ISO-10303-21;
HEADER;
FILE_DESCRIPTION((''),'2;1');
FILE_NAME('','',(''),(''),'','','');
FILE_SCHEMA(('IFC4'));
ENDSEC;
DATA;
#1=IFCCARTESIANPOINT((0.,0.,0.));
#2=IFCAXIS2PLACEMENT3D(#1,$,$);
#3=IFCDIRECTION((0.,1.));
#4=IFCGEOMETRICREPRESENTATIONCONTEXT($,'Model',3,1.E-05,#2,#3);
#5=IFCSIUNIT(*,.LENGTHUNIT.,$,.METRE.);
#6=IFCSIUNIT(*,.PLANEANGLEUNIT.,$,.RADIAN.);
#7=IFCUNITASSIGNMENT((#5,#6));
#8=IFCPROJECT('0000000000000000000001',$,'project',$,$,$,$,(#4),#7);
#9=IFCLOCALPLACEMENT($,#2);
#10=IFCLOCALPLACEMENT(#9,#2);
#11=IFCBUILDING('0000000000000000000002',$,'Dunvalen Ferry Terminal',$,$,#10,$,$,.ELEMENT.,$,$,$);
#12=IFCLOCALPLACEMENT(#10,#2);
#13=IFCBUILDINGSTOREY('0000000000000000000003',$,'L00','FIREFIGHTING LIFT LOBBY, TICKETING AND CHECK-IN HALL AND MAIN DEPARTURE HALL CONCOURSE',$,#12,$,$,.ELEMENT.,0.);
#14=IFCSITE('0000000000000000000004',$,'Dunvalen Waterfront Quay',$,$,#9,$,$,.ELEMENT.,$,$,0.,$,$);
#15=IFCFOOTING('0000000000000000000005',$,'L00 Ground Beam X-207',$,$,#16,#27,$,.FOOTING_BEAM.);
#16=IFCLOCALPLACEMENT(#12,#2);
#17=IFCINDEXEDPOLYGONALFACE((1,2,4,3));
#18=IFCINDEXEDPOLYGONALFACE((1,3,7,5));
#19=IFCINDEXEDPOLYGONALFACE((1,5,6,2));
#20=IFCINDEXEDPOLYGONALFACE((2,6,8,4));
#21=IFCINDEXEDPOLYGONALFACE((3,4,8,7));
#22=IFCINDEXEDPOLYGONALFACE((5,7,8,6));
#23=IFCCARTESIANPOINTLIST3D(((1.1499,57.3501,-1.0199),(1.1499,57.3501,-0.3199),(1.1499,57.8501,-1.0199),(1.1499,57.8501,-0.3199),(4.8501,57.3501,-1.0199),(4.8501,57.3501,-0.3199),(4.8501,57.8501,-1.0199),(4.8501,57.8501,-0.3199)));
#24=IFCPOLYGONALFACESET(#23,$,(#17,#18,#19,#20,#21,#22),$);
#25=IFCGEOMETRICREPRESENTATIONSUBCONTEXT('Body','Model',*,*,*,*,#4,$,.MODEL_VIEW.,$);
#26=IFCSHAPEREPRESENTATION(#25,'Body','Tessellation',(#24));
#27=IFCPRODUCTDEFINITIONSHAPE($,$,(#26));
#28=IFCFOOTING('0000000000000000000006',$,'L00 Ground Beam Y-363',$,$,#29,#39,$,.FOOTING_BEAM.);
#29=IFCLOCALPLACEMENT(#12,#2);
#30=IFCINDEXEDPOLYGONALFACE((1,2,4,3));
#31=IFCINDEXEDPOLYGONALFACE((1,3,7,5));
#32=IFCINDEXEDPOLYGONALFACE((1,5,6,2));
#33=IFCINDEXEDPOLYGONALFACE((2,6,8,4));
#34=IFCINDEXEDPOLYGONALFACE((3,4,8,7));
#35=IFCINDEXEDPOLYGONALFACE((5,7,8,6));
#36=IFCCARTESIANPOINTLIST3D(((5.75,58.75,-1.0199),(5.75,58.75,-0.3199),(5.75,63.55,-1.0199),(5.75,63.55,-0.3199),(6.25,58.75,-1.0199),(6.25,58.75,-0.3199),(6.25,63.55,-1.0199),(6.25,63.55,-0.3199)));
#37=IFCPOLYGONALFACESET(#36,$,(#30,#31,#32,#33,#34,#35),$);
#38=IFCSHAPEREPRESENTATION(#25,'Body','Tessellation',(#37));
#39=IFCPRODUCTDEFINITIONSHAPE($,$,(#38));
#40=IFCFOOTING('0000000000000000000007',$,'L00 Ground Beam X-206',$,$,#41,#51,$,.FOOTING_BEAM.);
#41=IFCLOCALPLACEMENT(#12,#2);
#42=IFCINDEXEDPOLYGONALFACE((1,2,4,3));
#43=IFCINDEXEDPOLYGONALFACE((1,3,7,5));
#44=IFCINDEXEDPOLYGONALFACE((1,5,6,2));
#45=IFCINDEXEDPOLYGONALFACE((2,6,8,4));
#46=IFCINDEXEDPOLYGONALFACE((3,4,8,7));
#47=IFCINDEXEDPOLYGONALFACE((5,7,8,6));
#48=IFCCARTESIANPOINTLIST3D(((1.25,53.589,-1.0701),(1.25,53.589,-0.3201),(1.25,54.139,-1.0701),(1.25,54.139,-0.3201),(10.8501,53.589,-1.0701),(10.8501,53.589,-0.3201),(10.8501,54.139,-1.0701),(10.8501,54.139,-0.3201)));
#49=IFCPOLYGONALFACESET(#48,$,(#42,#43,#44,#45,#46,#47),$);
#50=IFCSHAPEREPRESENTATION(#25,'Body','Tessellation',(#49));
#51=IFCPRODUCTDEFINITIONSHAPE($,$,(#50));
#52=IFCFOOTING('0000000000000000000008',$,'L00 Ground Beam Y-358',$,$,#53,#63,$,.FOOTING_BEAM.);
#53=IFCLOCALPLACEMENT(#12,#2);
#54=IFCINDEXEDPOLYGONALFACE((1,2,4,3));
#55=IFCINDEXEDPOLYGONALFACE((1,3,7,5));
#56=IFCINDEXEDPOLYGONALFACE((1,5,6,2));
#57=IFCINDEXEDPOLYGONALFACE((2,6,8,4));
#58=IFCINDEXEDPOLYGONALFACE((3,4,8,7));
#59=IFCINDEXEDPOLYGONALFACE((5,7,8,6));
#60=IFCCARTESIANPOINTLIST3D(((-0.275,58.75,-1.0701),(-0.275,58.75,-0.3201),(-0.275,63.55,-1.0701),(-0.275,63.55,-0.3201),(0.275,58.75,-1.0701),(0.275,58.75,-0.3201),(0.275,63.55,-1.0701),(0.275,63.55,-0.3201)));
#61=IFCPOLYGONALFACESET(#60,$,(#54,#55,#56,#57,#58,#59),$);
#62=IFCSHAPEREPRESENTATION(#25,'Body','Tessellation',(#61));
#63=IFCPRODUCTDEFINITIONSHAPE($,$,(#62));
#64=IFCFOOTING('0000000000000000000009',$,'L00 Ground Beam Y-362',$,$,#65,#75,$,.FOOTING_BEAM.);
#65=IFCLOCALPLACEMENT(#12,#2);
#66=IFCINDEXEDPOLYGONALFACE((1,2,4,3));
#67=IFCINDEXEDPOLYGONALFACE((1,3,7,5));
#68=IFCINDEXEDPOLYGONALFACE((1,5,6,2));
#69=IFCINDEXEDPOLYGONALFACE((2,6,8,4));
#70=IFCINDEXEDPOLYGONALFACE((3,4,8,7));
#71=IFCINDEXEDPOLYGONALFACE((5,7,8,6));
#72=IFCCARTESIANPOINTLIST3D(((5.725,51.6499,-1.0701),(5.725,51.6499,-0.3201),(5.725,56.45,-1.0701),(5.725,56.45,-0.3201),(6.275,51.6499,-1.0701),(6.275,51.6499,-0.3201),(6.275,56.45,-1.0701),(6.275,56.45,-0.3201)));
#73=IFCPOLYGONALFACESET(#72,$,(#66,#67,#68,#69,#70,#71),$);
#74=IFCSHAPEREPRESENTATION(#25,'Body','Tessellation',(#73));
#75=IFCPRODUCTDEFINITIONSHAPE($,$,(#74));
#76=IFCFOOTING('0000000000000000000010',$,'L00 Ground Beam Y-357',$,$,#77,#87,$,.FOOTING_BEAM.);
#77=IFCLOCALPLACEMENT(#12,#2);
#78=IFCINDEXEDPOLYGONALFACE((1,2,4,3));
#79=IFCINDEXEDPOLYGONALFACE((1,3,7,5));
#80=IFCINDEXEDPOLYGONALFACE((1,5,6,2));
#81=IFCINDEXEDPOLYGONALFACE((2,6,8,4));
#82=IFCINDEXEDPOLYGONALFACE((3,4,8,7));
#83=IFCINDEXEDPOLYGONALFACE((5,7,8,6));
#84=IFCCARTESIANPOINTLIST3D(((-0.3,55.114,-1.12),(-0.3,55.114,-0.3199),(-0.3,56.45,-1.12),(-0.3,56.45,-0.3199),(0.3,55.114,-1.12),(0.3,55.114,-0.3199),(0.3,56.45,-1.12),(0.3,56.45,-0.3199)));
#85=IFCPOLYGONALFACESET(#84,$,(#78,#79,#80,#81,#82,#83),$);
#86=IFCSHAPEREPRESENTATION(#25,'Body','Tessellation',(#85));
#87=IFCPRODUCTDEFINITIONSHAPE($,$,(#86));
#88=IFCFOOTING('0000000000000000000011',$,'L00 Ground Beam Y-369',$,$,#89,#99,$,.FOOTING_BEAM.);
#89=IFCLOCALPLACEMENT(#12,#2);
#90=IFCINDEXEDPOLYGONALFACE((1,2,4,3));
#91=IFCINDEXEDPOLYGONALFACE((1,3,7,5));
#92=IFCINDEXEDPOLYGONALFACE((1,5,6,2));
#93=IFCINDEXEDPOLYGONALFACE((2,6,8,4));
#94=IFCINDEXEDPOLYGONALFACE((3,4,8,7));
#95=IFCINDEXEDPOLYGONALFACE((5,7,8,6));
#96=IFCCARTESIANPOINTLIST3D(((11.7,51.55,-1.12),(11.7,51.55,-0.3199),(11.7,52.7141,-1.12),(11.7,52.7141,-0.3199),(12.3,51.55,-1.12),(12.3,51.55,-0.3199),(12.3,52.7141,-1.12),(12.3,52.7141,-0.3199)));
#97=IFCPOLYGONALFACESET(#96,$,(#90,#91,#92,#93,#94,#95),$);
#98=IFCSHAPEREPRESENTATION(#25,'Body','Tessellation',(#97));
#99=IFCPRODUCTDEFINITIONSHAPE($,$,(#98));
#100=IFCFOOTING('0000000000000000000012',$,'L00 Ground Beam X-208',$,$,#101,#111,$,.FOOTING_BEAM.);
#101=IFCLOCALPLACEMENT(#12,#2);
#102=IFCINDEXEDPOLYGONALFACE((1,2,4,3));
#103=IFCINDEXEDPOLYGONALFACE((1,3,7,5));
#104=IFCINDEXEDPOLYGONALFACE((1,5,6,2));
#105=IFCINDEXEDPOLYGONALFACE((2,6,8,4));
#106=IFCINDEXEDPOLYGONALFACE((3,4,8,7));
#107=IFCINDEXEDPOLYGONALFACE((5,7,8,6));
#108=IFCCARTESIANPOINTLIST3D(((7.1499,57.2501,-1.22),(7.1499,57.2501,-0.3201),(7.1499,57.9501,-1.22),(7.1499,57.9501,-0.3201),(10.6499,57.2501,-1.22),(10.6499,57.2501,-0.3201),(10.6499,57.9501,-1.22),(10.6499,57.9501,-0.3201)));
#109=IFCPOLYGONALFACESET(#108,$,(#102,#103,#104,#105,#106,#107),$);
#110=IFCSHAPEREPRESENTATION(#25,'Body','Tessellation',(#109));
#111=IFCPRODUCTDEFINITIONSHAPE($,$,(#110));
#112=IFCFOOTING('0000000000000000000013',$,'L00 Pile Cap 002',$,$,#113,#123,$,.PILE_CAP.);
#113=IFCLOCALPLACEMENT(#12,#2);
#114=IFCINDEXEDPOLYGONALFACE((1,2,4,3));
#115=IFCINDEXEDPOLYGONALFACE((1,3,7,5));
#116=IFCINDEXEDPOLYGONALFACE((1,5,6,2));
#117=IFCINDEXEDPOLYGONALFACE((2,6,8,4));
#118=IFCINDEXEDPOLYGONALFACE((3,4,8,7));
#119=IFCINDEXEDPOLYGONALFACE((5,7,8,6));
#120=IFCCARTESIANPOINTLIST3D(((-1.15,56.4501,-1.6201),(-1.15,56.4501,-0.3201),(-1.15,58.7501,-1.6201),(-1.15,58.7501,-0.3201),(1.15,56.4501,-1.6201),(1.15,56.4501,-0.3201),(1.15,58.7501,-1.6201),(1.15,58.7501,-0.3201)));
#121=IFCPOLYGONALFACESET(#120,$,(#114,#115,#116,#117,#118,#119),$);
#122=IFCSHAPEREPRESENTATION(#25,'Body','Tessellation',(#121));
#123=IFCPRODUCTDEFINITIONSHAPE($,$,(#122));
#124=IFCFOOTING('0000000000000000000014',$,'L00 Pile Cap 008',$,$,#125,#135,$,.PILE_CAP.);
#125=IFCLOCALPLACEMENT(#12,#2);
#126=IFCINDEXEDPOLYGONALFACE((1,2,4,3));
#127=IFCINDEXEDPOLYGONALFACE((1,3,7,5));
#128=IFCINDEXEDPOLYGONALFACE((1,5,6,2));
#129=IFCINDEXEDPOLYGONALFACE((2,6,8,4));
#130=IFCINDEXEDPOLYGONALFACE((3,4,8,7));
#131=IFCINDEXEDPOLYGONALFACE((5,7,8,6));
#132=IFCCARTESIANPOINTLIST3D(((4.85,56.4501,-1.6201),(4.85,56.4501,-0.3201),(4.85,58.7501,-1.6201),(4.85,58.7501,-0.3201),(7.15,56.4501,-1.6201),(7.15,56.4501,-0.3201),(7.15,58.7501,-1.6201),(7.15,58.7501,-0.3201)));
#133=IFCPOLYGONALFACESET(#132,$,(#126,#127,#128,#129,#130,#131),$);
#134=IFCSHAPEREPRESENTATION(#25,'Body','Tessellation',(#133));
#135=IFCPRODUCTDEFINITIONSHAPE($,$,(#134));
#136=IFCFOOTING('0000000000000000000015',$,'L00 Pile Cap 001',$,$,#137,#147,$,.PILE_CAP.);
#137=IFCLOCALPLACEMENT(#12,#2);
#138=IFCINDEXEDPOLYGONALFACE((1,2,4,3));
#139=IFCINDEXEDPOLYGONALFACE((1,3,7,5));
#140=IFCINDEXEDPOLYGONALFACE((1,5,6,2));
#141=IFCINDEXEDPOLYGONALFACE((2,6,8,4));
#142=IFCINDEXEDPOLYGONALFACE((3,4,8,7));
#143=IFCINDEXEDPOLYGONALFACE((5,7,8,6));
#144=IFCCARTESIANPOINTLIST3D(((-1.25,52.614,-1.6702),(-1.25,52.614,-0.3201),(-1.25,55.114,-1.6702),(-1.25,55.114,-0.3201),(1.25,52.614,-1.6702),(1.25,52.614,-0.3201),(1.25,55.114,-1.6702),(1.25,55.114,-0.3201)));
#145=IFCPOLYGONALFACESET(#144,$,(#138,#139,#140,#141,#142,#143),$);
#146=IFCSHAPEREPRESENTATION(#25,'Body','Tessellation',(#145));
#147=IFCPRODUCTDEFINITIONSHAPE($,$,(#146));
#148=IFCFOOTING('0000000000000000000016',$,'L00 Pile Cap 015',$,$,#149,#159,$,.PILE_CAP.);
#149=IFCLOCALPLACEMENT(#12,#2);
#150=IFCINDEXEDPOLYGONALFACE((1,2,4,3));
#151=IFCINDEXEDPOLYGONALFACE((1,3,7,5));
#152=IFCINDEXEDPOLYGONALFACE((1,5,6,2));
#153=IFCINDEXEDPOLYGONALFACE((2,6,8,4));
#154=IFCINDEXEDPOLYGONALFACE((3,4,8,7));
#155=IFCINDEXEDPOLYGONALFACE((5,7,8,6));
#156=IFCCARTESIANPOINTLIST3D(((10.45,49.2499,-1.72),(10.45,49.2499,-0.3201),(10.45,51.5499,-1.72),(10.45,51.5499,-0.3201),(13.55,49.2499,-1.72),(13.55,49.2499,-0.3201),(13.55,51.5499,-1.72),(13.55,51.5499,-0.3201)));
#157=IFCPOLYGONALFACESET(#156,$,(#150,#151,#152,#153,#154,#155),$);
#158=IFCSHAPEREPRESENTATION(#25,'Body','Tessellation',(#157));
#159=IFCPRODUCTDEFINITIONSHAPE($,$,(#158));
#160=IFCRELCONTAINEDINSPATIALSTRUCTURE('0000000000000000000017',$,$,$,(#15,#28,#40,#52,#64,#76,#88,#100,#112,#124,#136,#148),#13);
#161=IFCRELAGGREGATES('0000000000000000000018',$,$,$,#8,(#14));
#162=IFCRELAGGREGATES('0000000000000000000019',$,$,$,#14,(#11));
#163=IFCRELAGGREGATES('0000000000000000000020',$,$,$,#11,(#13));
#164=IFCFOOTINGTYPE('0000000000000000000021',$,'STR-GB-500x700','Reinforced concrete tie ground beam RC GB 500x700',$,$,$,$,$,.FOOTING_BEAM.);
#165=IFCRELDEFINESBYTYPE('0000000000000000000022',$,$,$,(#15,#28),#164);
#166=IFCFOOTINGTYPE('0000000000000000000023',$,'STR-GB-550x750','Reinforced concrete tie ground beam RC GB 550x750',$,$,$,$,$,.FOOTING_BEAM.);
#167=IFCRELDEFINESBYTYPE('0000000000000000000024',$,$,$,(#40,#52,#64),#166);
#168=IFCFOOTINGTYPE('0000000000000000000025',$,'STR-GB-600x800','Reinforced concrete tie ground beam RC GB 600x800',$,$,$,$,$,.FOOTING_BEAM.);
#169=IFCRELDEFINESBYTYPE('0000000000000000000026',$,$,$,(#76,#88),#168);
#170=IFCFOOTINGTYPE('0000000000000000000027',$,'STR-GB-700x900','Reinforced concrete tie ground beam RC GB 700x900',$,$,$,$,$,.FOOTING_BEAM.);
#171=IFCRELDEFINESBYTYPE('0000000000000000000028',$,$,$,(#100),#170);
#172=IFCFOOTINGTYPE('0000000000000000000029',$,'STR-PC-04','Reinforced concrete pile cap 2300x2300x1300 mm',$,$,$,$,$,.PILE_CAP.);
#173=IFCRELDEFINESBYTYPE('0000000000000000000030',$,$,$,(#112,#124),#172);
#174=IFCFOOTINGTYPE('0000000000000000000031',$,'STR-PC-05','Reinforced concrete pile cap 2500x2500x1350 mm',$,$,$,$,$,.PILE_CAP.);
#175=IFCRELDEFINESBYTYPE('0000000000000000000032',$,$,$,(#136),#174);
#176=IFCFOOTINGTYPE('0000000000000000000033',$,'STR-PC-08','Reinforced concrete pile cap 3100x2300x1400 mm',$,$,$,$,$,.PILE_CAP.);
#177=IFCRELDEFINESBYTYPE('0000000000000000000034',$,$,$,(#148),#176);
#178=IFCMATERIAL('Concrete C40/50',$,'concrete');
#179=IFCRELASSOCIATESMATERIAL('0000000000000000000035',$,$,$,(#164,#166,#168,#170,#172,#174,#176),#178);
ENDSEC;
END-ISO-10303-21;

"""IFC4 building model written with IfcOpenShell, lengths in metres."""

from ifc_helpers import new_model, si_unit, direction, frame, origin, origin_2d, place, context, subcontext, project, spatial, rectangle, extrude, material, material_profile, profile_set, type_object, element, save


model = new_model("IFC4")

# Units and contexts
model_context = context("Model", 3, precision=1e-05, world=origin(), true_north=direction((0.0, 1.0)))
body_context = subcontext(model_context, "Body", "Model", "MODEL_VIEW")
ifc_project = project(units=[si_unit("LENGTHUNIT", "METRE"), si_unit("PLANEANGLEUNIT", "RADIAN")], contexts=[model_context])

# Site, building, storey
site_placement = place(None, origin())
site = spatial("IfcSite", under=ifc_project, at=site_placement, Name="Dunvalen Waterfront Quay", CompositionType="ELEMENT", RefElevation=0.0)
building_placement = place(site_placement, origin())
building = spatial("IfcBuilding", under=site, at=building_placement, Name="Dunvalen Ferry Terminal", CompositionType="ELEMENT")
storey_placement = place(building_placement, origin())
storey = spatial("IfcBuildingStorey", under=building, at=storey_placement, Name="L00", Description="FIREFIGHTING LIFT LOBBY, TICKETING AND CHECK-IN HALL AND MAIN DEPARTURE HALL CONCOURSE", CompositionType="ELEMENT", Elevation=0.0)

# Footings
ifc_material_1 = material(Name="Concrete C40/50", Category="concrete")
ifc_material_profile_1 = material_profile(ifc_material_1, rectangle(XDim=0.5, YDim=0.7, at=origin_2d()), Name="Concrete C40/50")
ifc_profile_set_1 = profile_set([ifc_material_profile_1], Name="Concrete C40/50")
footing_type_1 = type_object("IfcFootingType", Name="STR-GB-500x700", Description="Reinforced concrete tie ground beam RC GB 500x700", PredefinedType="FOOTING_BEAM", material=ifc_profile_set_1)
footing_1_placement = place(storey_placement, frame((1.1499, 57.6001, -0.6699), z_axis=(1.0, 0.0, 0.0), x_axis=(0.0, 1.0, 0.0)))
element("IfcFooting", 1, at=footing_1_placement, inside=storey, type_object=footing_type_1, Name="L00 Ground Beam X-207", PredefinedType="FOOTING_BEAM", context=body_context, shape_type="SweptSolid", body=[
    extrude(rectangle(XDim=0.5, YDim=0.7, at=origin_2d()), origin(), (0.0, 0.0, 1.0), 3.7002),
])
footing_2_placement = place(storey_placement, frame((6.0, 58.75, -0.6699), z_axis=(0.0, 1.0, 0.0), x_axis=(-1.0, 0.0, 0.0)))
element("IfcFooting", 2, at=footing_2_placement, inside=storey, type_object=footing_type_1, Name="L00 Ground Beam Y-363", PredefinedType="FOOTING_BEAM", context=body_context, shape_type="SweptSolid", body=[
    extrude(rectangle(XDim=0.5, YDim=0.7, at=origin_2d()), origin(), (0.0, 0.0, 1.0), 4.8),
])
ifc_material_profile_2 = material_profile(ifc_material_1, rectangle(XDim=0.55, YDim=0.75, at=origin_2d()), Name="Concrete C40/50")
ifc_profile_set_2 = profile_set([ifc_material_profile_2], Name="Concrete C40/50")
footing_type_2 = type_object("IfcFootingType", Name="STR-GB-550x750", Description="Reinforced concrete tie ground beam RC GB 550x750", PredefinedType="FOOTING_BEAM", material=ifc_profile_set_2)
footing_3_placement = place(storey_placement, frame((1.25, 53.864, -0.6951), z_axis=(1.0, 0.0, 0.0), x_axis=(0.0, 1.0, 0.0)))
element("IfcFooting", 3, at=footing_3_placement, inside=storey, type_object=footing_type_2, Name="L00 Ground Beam X-206", PredefinedType="FOOTING_BEAM", context=body_context, shape_type="SweptSolid", body=[
    extrude(rectangle(XDim=0.55, YDim=0.75, at=origin_2d()), origin(), (0.0, 0.0, 1.0), 9.6001),
])
for number, where, z_axis, x_axis, name in (
    (4, (0.0, 58.75, -0.6951), (0.0, 1.0, 0.0), (-1.0, 0.0, 0.0), "L00 Ground Beam Y-358"),
    (5, (6.0, 51.6499, -0.6951), (0.0, 1.0, 0.0), (-1.0, 0.0, 0.0), "L00 Ground Beam Y-362"),
):
    element("IfcFooting", number, at=place(storey_placement, frame(where, z_axis=z_axis, x_axis=x_axis)), inside=storey, type_object=footing_type_2, Name=name, PredefinedType="FOOTING_BEAM", context=body_context, shape_type="SweptSolid", body=[
        extrude(rectangle(XDim=0.55, YDim=0.75, at=origin_2d()), origin(), (0.0, 0.0, 1.0), 4.8),
    ])
ifc_material_profile_3 = material_profile(ifc_material_1, rectangle(XDim=0.6001, YDim=0.8, at=origin_2d()), Name="Concrete C40/50")
ifc_profile_set_3 = profile_set([ifc_material_profile_3], Name="Concrete C40/50")
footing_type_3 = type_object("IfcFootingType", Name="STR-GB-600x800", Description="Reinforced concrete tie ground beam RC GB 600x800", PredefinedType="FOOTING_BEAM", material=ifc_profile_set_3)
footing_4_placement = place(storey_placement, frame((0.0, 55.114, -0.72), z_axis=(0.0, 1.0, 0.0), x_axis=(-1.0, 0.0, 0.0)))
element("IfcFooting", 6, at=footing_4_placement, inside=storey, type_object=footing_type_3, Name="L00 Ground Beam Y-357", PredefinedType="FOOTING_BEAM", context=body_context, shape_type="SweptSolid", body=[
    extrude(rectangle(XDim=0.6001, YDim=0.8, at=origin_2d()), origin(), (0.0, 0.0, 1.0), 1.3359),
])
footing_5_placement = place(storey_placement, frame((12.0, 51.55, -0.72), z_axis=(0.0, 1.0, 0.0), x_axis=(-1.0, 0.0, 0.0)))
element("IfcFooting", 7, at=footing_5_placement, inside=storey, type_object=footing_type_3, Name="L00 Ground Beam Y-369", PredefinedType="FOOTING_BEAM", context=body_context, shape_type="SweptSolid", body=[
    extrude(rectangle(XDim=0.6001, YDim=0.8, at=origin_2d()), origin(), (0.0, 0.0, 1.0), 1.1641),
])
ifc_material_profile_4 = material_profile(ifc_material_1, rectangle(XDim=0.7, YDim=0.8999, at=origin_2d()), Name="Concrete C40/50")
ifc_profile_set_4 = profile_set([ifc_material_profile_4], Name="Concrete C40/50")
footing_type_4 = type_object("IfcFootingType", Name="STR-GB-700x900", Description="Reinforced concrete tie ground beam RC GB 700x900", PredefinedType="FOOTING_BEAM", material=ifc_profile_set_4)
footing_6_placement = place(storey_placement, frame((7.1499, 57.6001, -0.77), z_axis=(1.0, 0.0, 0.0), x_axis=(0.0, 1.0, 0.0)))
element("IfcFooting", 8, at=footing_6_placement, inside=storey, type_object=footing_type_4, Name="L00 Ground Beam X-208", PredefinedType="FOOTING_BEAM", context=body_context, shape_type="SweptSolid", body=[
    extrude(rectangle(XDim=0.7, YDim=0.8999, at=origin_2d()), origin(), (0.0, 0.0, 1.0), 3.5),
])
footing_type_5 = type_object("IfcFootingType", Name="STR-PC-04", Description="Reinforced concrete pile cap 2300x2300x1300 mm", PredefinedType="PILE_CAP", material=ifc_material_1)
for number, where, z_axis, x_axis, name in (
    (9, (0.0, 57.6001, -1.6201), (0.0, 0.0, 1.0), (1.0, 0.0, 0.0), "L00 Pile Cap 002"),
    (10, (6.0, 57.6001, -1.6201), (0.0, 0.0, 1.0), (1.0, 0.0, 0.0), "L00 Pile Cap 008"),
):
    element("IfcFooting", number, at=place(storey_placement, frame(where, z_axis=z_axis, x_axis=x_axis)), inside=storey, type_object=footing_type_5, Name=name, PredefinedType="PILE_CAP", context=body_context, shape_type="SweptSolid", body=[
        extrude(rectangle(XDim=2.3, YDim=2.3, at=origin_2d()), origin(), (0.0, 0.0, 1.0), 1.3),
    ])
footing_type_6 = type_object("IfcFootingType", Name="STR-PC-05", Description="Reinforced concrete pile cap 2500x2500x1350 mm", PredefinedType="PILE_CAP", material=ifc_material_1)
footing_7_placement = place(storey_placement, frame((0.0, 53.864, -1.6702), z_axis=(0.0, 0.0, 1.0), x_axis=(1.0, 0.0, 0.0)))
element("IfcFooting", 11, at=footing_7_placement, inside=storey, type_object=footing_type_6, Name="L00 Pile Cap 001", PredefinedType="PILE_CAP", context=body_context, shape_type="SweptSolid", body=[
    extrude(rectangle(XDim=2.5, YDim=2.5, at=origin_2d()), origin(), (0.0, 0.0, 1.0), 1.3501),
])
footing_type_7 = type_object("IfcFootingType", Name="STR-PC-08", Description="Reinforced concrete pile cap 3100x2300x1400 mm", PredefinedType="PILE_CAP", material=ifc_material_1)
footing_8_placement = place(storey_placement, frame((12.0, 50.3999, -1.72), z_axis=(0.0, 0.0, 1.0), x_axis=(1.0, 0.0, 0.0)))
element("IfcFooting", 12, at=footing_8_placement, inside=storey, type_object=footing_type_7, Name="L00 Pile Cap 015", PredefinedType="PILE_CAP", context=body_context, shape_type="SweptSolid", body=[
    extrude(rectangle(XDim=3.1001, YDim=2.3, at=origin_2d()), origin(), (0.0, 0.0, 1.0), 1.3999),
])

save(model, "model.ifc")
